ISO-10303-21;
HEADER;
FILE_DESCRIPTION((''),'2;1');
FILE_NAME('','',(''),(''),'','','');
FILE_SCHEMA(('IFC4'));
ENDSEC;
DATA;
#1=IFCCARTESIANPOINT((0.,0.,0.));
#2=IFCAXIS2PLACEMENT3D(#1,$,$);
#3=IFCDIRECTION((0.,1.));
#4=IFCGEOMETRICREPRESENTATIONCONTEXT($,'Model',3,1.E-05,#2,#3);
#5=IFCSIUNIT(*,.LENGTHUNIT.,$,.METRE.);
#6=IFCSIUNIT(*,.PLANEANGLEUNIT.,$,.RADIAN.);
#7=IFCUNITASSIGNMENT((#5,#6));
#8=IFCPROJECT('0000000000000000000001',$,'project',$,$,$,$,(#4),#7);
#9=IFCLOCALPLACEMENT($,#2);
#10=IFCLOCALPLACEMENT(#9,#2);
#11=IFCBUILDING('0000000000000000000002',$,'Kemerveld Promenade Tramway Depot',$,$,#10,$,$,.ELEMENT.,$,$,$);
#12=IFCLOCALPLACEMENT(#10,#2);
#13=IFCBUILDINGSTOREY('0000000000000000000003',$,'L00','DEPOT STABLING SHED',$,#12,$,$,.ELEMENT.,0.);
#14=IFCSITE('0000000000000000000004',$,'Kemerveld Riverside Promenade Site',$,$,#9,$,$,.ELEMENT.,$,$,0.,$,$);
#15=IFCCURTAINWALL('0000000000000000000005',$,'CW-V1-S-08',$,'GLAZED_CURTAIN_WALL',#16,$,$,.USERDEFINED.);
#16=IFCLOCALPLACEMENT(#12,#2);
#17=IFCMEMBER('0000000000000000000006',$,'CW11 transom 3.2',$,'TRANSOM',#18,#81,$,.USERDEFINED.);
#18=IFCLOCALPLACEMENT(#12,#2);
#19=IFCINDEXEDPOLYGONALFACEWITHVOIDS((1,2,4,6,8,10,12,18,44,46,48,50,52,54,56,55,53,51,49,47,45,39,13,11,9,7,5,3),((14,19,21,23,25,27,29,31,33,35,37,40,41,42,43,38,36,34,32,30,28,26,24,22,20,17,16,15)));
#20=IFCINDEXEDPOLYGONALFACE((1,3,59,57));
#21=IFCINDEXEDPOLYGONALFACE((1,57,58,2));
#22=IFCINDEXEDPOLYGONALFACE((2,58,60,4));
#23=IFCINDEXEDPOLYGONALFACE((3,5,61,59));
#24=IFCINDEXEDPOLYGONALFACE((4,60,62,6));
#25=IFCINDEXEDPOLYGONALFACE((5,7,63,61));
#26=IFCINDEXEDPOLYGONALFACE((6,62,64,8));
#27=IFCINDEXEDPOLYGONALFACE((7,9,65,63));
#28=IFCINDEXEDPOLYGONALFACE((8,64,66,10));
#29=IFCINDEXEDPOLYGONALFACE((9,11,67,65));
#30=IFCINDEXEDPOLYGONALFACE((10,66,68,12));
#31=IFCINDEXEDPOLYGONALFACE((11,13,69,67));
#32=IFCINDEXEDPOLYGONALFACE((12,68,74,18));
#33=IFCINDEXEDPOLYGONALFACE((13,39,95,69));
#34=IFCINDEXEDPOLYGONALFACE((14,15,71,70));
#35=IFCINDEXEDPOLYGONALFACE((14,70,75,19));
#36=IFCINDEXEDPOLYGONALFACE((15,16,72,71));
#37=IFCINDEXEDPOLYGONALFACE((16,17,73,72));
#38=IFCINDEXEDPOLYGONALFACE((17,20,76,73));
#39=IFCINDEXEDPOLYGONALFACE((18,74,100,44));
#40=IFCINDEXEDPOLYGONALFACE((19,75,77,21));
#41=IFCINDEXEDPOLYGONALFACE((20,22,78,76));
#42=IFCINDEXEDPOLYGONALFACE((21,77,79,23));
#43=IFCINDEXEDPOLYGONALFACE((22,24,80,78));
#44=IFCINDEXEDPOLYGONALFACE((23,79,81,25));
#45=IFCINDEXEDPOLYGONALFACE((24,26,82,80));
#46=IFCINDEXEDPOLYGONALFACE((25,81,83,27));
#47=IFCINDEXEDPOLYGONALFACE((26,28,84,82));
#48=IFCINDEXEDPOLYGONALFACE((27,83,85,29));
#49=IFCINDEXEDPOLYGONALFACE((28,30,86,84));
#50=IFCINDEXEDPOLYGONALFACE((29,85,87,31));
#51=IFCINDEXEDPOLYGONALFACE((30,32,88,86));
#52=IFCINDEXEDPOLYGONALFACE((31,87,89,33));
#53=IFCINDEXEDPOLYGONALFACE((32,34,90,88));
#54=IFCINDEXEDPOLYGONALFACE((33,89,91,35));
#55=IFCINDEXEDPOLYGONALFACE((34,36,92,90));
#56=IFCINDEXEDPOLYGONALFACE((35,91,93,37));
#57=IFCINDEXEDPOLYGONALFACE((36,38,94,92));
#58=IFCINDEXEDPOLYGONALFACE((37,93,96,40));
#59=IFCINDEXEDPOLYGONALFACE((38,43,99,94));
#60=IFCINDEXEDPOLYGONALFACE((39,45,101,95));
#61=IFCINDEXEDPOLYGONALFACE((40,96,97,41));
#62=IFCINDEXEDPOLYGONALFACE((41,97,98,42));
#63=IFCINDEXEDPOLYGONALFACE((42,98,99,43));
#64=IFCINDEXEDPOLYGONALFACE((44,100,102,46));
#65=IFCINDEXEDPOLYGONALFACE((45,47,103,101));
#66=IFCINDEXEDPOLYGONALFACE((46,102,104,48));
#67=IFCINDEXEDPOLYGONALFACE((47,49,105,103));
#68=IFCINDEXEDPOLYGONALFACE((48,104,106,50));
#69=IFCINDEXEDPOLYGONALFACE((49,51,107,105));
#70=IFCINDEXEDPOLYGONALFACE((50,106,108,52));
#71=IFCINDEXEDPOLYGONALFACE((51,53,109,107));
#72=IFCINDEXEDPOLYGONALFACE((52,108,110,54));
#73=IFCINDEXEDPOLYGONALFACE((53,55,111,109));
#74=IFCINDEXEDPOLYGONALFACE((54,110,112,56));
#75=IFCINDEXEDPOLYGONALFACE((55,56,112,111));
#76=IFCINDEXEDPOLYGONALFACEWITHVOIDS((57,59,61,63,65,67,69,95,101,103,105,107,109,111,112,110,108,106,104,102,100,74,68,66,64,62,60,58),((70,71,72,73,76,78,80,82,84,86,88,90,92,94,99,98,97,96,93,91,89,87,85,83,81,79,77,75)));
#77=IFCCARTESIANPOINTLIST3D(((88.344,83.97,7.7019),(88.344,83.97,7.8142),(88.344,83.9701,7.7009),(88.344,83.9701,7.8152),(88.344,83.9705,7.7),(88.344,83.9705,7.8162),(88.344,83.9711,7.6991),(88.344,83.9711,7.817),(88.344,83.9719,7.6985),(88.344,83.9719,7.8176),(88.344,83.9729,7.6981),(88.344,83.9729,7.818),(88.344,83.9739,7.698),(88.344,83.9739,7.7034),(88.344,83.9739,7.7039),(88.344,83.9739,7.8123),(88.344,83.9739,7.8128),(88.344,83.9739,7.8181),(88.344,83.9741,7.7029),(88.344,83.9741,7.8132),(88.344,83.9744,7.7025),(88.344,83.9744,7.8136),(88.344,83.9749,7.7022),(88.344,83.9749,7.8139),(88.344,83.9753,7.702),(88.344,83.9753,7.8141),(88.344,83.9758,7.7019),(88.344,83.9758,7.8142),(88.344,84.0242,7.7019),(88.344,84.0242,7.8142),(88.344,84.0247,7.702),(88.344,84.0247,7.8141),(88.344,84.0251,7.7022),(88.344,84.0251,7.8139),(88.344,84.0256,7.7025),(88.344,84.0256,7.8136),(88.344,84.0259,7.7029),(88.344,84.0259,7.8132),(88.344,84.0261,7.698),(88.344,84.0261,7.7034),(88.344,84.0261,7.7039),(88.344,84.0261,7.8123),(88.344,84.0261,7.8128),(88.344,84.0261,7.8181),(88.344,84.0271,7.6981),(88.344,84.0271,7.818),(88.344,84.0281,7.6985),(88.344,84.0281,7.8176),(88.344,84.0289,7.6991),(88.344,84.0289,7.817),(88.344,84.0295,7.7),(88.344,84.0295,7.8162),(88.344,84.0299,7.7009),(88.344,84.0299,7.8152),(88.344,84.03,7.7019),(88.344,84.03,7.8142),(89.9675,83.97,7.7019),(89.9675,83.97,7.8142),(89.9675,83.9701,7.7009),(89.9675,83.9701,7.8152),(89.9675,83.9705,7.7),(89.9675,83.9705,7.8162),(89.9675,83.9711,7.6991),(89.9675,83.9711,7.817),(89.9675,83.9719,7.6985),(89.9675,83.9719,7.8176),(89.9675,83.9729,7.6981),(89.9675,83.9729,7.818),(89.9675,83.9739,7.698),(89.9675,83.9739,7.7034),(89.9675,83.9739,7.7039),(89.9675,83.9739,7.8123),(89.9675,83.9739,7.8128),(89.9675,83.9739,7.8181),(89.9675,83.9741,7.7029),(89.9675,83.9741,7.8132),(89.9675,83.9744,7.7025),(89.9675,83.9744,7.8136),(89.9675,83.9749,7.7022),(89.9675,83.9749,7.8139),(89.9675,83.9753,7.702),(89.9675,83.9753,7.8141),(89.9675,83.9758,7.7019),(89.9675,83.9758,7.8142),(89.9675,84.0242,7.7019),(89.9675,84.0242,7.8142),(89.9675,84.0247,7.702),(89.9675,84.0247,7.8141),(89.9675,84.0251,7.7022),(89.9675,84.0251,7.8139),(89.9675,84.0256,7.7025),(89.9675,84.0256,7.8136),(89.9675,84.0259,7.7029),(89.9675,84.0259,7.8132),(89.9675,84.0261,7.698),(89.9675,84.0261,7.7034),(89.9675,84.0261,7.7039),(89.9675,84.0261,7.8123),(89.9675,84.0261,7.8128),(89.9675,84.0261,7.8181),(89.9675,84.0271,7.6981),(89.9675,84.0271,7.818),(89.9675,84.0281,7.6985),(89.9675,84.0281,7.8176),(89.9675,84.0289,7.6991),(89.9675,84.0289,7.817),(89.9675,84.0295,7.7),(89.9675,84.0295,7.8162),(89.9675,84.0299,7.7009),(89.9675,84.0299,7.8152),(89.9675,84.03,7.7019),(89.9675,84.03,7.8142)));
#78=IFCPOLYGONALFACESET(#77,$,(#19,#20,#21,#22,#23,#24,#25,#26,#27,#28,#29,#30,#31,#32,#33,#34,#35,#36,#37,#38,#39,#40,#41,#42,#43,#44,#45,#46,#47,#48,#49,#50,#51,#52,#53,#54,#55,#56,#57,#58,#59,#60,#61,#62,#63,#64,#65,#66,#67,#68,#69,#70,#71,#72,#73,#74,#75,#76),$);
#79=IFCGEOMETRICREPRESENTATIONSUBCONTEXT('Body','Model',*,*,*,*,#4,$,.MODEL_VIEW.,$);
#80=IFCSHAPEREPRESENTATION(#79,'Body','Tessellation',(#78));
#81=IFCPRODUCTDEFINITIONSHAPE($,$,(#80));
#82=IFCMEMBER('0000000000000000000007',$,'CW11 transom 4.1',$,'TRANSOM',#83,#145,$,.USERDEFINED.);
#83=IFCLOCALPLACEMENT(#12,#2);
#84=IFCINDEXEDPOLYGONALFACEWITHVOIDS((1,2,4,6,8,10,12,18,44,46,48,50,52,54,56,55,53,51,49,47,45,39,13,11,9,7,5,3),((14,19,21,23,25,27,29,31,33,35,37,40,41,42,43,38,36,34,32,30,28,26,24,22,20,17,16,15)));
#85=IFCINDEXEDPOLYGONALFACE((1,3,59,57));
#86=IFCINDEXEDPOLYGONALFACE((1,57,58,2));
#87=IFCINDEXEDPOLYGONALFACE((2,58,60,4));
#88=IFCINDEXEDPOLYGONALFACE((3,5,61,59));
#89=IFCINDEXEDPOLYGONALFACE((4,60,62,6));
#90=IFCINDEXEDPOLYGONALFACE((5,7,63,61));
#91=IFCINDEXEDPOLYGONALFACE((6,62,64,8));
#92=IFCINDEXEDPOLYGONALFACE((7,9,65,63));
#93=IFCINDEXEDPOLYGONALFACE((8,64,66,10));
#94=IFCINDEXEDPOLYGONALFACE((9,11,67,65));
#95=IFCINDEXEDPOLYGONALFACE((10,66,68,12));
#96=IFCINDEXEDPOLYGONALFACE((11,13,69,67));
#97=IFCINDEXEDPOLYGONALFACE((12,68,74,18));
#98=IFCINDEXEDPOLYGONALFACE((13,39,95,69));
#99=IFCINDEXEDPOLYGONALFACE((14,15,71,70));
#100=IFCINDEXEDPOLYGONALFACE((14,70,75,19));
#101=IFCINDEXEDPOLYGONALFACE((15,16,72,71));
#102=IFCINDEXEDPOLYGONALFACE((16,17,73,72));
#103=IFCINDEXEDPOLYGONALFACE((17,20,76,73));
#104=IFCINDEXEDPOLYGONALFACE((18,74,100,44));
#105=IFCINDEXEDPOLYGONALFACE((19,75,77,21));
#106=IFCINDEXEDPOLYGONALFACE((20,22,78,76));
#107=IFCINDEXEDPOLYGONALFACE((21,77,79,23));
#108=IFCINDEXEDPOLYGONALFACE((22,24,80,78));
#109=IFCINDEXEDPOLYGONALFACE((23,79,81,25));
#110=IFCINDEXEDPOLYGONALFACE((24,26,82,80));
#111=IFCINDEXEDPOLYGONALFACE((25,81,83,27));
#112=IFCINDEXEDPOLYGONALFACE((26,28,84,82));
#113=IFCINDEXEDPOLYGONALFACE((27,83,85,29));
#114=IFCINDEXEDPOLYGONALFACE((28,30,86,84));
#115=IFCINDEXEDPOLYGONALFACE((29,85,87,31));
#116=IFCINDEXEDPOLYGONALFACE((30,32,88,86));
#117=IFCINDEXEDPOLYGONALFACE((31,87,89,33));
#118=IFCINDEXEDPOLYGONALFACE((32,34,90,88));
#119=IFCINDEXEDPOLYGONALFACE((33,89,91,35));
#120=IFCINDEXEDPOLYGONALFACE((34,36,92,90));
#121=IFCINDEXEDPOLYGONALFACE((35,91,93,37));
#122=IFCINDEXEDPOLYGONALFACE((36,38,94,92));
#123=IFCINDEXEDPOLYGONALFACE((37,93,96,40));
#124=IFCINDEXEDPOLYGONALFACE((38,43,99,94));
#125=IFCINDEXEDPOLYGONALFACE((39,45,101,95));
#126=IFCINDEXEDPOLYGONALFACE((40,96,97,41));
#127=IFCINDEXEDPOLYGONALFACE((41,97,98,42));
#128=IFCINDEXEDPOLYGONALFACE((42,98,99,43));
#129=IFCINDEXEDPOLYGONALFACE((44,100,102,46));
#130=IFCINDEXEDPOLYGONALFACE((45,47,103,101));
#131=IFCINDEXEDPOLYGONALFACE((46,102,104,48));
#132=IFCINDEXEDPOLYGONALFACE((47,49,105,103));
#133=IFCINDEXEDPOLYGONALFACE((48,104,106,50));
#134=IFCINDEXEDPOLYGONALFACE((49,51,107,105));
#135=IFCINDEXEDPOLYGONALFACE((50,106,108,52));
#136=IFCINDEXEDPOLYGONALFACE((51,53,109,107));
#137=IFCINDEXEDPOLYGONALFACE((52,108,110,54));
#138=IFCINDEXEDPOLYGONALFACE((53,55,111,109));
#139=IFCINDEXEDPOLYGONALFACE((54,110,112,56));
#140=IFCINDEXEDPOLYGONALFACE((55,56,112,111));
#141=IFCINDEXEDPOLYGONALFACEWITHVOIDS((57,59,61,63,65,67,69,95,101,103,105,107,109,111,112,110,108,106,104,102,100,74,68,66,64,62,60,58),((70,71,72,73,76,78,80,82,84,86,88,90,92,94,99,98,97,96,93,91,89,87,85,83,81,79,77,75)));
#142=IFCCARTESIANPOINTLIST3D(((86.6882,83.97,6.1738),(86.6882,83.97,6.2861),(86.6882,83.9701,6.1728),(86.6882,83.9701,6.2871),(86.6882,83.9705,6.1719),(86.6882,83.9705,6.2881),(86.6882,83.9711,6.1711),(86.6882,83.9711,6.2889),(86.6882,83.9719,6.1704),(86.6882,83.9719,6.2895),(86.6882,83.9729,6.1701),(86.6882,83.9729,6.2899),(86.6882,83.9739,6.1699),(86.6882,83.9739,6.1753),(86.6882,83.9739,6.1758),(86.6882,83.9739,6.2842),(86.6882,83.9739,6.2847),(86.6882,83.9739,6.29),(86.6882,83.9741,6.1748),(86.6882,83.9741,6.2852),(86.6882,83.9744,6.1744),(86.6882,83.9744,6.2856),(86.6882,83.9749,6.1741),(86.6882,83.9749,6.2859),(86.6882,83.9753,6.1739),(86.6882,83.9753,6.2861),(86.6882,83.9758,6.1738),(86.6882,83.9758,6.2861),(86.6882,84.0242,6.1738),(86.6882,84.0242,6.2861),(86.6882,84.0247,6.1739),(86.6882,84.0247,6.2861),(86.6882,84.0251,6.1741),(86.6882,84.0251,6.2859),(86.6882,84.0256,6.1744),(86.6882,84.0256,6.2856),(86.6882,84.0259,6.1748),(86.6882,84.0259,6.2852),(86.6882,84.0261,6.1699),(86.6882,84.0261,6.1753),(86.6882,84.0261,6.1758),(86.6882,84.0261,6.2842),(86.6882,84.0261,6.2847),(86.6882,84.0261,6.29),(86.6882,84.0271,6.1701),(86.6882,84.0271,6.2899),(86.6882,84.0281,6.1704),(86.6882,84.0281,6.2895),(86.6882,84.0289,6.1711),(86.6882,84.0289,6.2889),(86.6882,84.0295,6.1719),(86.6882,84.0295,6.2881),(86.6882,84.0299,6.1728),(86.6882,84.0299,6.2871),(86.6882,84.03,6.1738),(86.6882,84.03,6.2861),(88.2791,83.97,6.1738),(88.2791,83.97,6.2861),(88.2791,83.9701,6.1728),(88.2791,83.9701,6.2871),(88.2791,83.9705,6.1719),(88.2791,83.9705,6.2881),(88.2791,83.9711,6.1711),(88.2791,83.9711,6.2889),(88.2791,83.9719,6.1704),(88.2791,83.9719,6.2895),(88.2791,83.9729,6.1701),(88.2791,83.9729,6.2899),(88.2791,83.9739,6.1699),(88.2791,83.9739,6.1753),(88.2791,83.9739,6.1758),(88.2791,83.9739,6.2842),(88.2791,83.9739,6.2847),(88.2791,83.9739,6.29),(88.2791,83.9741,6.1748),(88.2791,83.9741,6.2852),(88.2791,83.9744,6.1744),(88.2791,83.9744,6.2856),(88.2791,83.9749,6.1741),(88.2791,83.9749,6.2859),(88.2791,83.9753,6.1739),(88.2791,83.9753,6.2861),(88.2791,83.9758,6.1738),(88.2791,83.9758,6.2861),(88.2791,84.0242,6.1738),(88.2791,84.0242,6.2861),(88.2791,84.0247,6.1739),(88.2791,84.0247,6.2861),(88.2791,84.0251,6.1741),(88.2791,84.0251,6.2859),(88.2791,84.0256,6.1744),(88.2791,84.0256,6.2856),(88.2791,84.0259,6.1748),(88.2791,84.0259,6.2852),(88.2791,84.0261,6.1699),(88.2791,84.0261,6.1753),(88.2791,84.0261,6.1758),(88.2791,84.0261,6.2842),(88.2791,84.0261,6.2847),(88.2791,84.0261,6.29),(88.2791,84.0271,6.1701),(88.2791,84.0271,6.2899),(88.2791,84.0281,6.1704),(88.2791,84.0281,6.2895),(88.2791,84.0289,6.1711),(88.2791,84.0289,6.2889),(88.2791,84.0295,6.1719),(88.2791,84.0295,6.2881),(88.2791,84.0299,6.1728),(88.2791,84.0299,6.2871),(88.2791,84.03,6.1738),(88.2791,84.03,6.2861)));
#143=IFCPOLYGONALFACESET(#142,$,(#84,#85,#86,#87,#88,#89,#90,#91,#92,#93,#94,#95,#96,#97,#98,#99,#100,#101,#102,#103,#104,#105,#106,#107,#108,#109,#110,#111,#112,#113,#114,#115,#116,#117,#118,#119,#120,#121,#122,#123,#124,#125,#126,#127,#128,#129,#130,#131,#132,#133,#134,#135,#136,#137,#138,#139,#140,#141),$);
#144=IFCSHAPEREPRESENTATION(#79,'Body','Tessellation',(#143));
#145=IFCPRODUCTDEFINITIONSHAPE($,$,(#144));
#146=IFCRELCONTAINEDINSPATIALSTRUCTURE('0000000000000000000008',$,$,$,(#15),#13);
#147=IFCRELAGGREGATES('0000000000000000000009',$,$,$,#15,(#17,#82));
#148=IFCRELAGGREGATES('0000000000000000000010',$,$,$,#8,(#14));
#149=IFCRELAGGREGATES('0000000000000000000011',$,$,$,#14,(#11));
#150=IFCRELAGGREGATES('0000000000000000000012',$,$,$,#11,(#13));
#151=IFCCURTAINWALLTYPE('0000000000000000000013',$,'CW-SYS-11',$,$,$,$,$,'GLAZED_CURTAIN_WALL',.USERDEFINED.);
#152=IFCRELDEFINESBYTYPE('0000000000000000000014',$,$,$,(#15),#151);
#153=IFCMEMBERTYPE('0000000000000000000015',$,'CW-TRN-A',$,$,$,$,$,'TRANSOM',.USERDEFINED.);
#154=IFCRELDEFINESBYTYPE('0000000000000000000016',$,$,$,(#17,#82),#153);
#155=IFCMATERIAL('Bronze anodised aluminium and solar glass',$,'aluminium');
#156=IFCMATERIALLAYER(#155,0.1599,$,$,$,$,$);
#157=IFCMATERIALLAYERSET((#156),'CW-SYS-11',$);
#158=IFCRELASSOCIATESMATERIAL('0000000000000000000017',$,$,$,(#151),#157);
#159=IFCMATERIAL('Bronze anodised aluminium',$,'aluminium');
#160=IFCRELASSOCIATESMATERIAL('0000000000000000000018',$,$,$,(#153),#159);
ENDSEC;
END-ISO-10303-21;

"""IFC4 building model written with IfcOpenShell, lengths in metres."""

from ifc_helpers import new_model, si_unit, direction, frame, origin, origin_2d, place, context, subcontext, project, spatial, hollow_rectangle, extrude, material, layer, layer_set, material_profile, profile_set, type_object, element, aggregate, save


model = new_model("IFC4")

# Units and contexts
model_context = context("Model", 3, precision=1e-05, world=origin(), true_north=direction((0.0, 1.0)))
body_context = subcontext(model_context, "Body", "Model", "MODEL_VIEW")
ifc_project = project(units=[si_unit("LENGTHUNIT", "METRE"), si_unit("PLANEANGLEUNIT", "RADIAN")], contexts=[model_context])

# Site, building, storey
site_placement = place(None, origin())
site = spatial("IfcSite", under=ifc_project, at=site_placement, Name="Kemerveld Riverside Promenade Site", CompositionType="ELEMENT", RefElevation=0.0)
building_placement = place(site_placement, origin())
building = spatial("IfcBuilding", under=site, at=building_placement, Name="Kemerveld Promenade Tramway Depot", CompositionType="ELEMENT")
storey_placement = place(building_placement, origin())
storey = spatial("IfcBuildingStorey", under=building, at=storey_placement, Name="L00", Description="DEPOT STABLING SHED", CompositionType="ELEMENT", Elevation=0.0)

# Curtain wall
ifc_material_1 = material(Name="Bronze anodised aluminium and solar glass", Category="aluminium")
ifc_layer_1 = layer(ifc_material_1, 0.1599)
ifc_layer_set_1 = layer_set([ifc_layer_1], Name="CW-SYS-11")
curtain_wall_type_1 = type_object("IfcCurtainWallType", Name="CW-SYS-11", ElementType="GLAZED_CURTAIN_WALL", PredefinedType="USERDEFINED", material=ifc_layer_set_1)
curtain_wall_1_placement = place(storey_placement, origin())
curtain_wall_1 = element("IfcCurtainWall", 1, at=curtain_wall_1_placement, inside=storey, type_object=curtain_wall_type_1, Name="CW-V1-S-08", ObjectType="GLAZED_CURTAIN_WALL", PredefinedType="USERDEFINED")
ifc_material_2 = material(Name="Bronze anodised aluminium", Category="aluminium")

# Members
ifc_material_profile_1 = material_profile(ifc_material_2, hollow_rectangle(XDim=0.0601, YDim=0.1201, WallThickness=0.0039, InnerFilletRadius=0.002, OuterFilletRadius=0.0039, at=origin_2d()), Name="CW-TRN-120x60")
ifc_profile_set_1 = profile_set([ifc_material_profile_1], Name="Bronze anodised aluminium")
member_type_1 = type_object("IfcMemberType", Name="CW-TRN-A", ElementType="TRANSOM", PredefinedType="USERDEFINED", material=ifc_profile_set_1)
member_1_placement = place(storey_placement, frame((89.9675, 84.0, 7.7581), z_axis=(-1.0, 0.0, 0.0), x_axis=(0.0, -1.0, 0.0)))
member_1 = element("IfcMember", 2, at=member_1_placement, type_object=member_type_1, Name="CW11 transom 3.2", ObjectType="TRANSOM", PredefinedType="USERDEFINED", context=body_context, shape_type="SweptSolid", body=[
    extrude(hollow_rectangle(XDim=0.0601, YDim=0.1201, WallThickness=0.0039, InnerFilletRadius=0.002, OuterFilletRadius=0.0039, at=origin_2d()), origin(), (0.0, 0.0, 1.0), 1.6235),
])
member_2_placement = place(storey_placement, frame((88.2791, 84.0, 6.23), z_axis=(-1.0, 0.0, 0.0), x_axis=(0.0, -1.0, 0.0)))
member_2 = element("IfcMember", 3, at=member_2_placement, type_object=member_type_1, Name="CW11 transom 4.1", ObjectType="TRANSOM", PredefinedType="USERDEFINED", context=body_context, shape_type="SweptSolid", body=[
    extrude(hollow_rectangle(XDim=0.0601, YDim=0.1201, WallThickness=0.0039, InnerFilletRadius=0.002, OuterFilletRadius=0.0039, at=origin_2d()), origin(), (0.0, 0.0, 1.0), 1.5908),
])

aggregate(curtain_wall_1, [member_1, member_2])

save(model, "model.ifc")
